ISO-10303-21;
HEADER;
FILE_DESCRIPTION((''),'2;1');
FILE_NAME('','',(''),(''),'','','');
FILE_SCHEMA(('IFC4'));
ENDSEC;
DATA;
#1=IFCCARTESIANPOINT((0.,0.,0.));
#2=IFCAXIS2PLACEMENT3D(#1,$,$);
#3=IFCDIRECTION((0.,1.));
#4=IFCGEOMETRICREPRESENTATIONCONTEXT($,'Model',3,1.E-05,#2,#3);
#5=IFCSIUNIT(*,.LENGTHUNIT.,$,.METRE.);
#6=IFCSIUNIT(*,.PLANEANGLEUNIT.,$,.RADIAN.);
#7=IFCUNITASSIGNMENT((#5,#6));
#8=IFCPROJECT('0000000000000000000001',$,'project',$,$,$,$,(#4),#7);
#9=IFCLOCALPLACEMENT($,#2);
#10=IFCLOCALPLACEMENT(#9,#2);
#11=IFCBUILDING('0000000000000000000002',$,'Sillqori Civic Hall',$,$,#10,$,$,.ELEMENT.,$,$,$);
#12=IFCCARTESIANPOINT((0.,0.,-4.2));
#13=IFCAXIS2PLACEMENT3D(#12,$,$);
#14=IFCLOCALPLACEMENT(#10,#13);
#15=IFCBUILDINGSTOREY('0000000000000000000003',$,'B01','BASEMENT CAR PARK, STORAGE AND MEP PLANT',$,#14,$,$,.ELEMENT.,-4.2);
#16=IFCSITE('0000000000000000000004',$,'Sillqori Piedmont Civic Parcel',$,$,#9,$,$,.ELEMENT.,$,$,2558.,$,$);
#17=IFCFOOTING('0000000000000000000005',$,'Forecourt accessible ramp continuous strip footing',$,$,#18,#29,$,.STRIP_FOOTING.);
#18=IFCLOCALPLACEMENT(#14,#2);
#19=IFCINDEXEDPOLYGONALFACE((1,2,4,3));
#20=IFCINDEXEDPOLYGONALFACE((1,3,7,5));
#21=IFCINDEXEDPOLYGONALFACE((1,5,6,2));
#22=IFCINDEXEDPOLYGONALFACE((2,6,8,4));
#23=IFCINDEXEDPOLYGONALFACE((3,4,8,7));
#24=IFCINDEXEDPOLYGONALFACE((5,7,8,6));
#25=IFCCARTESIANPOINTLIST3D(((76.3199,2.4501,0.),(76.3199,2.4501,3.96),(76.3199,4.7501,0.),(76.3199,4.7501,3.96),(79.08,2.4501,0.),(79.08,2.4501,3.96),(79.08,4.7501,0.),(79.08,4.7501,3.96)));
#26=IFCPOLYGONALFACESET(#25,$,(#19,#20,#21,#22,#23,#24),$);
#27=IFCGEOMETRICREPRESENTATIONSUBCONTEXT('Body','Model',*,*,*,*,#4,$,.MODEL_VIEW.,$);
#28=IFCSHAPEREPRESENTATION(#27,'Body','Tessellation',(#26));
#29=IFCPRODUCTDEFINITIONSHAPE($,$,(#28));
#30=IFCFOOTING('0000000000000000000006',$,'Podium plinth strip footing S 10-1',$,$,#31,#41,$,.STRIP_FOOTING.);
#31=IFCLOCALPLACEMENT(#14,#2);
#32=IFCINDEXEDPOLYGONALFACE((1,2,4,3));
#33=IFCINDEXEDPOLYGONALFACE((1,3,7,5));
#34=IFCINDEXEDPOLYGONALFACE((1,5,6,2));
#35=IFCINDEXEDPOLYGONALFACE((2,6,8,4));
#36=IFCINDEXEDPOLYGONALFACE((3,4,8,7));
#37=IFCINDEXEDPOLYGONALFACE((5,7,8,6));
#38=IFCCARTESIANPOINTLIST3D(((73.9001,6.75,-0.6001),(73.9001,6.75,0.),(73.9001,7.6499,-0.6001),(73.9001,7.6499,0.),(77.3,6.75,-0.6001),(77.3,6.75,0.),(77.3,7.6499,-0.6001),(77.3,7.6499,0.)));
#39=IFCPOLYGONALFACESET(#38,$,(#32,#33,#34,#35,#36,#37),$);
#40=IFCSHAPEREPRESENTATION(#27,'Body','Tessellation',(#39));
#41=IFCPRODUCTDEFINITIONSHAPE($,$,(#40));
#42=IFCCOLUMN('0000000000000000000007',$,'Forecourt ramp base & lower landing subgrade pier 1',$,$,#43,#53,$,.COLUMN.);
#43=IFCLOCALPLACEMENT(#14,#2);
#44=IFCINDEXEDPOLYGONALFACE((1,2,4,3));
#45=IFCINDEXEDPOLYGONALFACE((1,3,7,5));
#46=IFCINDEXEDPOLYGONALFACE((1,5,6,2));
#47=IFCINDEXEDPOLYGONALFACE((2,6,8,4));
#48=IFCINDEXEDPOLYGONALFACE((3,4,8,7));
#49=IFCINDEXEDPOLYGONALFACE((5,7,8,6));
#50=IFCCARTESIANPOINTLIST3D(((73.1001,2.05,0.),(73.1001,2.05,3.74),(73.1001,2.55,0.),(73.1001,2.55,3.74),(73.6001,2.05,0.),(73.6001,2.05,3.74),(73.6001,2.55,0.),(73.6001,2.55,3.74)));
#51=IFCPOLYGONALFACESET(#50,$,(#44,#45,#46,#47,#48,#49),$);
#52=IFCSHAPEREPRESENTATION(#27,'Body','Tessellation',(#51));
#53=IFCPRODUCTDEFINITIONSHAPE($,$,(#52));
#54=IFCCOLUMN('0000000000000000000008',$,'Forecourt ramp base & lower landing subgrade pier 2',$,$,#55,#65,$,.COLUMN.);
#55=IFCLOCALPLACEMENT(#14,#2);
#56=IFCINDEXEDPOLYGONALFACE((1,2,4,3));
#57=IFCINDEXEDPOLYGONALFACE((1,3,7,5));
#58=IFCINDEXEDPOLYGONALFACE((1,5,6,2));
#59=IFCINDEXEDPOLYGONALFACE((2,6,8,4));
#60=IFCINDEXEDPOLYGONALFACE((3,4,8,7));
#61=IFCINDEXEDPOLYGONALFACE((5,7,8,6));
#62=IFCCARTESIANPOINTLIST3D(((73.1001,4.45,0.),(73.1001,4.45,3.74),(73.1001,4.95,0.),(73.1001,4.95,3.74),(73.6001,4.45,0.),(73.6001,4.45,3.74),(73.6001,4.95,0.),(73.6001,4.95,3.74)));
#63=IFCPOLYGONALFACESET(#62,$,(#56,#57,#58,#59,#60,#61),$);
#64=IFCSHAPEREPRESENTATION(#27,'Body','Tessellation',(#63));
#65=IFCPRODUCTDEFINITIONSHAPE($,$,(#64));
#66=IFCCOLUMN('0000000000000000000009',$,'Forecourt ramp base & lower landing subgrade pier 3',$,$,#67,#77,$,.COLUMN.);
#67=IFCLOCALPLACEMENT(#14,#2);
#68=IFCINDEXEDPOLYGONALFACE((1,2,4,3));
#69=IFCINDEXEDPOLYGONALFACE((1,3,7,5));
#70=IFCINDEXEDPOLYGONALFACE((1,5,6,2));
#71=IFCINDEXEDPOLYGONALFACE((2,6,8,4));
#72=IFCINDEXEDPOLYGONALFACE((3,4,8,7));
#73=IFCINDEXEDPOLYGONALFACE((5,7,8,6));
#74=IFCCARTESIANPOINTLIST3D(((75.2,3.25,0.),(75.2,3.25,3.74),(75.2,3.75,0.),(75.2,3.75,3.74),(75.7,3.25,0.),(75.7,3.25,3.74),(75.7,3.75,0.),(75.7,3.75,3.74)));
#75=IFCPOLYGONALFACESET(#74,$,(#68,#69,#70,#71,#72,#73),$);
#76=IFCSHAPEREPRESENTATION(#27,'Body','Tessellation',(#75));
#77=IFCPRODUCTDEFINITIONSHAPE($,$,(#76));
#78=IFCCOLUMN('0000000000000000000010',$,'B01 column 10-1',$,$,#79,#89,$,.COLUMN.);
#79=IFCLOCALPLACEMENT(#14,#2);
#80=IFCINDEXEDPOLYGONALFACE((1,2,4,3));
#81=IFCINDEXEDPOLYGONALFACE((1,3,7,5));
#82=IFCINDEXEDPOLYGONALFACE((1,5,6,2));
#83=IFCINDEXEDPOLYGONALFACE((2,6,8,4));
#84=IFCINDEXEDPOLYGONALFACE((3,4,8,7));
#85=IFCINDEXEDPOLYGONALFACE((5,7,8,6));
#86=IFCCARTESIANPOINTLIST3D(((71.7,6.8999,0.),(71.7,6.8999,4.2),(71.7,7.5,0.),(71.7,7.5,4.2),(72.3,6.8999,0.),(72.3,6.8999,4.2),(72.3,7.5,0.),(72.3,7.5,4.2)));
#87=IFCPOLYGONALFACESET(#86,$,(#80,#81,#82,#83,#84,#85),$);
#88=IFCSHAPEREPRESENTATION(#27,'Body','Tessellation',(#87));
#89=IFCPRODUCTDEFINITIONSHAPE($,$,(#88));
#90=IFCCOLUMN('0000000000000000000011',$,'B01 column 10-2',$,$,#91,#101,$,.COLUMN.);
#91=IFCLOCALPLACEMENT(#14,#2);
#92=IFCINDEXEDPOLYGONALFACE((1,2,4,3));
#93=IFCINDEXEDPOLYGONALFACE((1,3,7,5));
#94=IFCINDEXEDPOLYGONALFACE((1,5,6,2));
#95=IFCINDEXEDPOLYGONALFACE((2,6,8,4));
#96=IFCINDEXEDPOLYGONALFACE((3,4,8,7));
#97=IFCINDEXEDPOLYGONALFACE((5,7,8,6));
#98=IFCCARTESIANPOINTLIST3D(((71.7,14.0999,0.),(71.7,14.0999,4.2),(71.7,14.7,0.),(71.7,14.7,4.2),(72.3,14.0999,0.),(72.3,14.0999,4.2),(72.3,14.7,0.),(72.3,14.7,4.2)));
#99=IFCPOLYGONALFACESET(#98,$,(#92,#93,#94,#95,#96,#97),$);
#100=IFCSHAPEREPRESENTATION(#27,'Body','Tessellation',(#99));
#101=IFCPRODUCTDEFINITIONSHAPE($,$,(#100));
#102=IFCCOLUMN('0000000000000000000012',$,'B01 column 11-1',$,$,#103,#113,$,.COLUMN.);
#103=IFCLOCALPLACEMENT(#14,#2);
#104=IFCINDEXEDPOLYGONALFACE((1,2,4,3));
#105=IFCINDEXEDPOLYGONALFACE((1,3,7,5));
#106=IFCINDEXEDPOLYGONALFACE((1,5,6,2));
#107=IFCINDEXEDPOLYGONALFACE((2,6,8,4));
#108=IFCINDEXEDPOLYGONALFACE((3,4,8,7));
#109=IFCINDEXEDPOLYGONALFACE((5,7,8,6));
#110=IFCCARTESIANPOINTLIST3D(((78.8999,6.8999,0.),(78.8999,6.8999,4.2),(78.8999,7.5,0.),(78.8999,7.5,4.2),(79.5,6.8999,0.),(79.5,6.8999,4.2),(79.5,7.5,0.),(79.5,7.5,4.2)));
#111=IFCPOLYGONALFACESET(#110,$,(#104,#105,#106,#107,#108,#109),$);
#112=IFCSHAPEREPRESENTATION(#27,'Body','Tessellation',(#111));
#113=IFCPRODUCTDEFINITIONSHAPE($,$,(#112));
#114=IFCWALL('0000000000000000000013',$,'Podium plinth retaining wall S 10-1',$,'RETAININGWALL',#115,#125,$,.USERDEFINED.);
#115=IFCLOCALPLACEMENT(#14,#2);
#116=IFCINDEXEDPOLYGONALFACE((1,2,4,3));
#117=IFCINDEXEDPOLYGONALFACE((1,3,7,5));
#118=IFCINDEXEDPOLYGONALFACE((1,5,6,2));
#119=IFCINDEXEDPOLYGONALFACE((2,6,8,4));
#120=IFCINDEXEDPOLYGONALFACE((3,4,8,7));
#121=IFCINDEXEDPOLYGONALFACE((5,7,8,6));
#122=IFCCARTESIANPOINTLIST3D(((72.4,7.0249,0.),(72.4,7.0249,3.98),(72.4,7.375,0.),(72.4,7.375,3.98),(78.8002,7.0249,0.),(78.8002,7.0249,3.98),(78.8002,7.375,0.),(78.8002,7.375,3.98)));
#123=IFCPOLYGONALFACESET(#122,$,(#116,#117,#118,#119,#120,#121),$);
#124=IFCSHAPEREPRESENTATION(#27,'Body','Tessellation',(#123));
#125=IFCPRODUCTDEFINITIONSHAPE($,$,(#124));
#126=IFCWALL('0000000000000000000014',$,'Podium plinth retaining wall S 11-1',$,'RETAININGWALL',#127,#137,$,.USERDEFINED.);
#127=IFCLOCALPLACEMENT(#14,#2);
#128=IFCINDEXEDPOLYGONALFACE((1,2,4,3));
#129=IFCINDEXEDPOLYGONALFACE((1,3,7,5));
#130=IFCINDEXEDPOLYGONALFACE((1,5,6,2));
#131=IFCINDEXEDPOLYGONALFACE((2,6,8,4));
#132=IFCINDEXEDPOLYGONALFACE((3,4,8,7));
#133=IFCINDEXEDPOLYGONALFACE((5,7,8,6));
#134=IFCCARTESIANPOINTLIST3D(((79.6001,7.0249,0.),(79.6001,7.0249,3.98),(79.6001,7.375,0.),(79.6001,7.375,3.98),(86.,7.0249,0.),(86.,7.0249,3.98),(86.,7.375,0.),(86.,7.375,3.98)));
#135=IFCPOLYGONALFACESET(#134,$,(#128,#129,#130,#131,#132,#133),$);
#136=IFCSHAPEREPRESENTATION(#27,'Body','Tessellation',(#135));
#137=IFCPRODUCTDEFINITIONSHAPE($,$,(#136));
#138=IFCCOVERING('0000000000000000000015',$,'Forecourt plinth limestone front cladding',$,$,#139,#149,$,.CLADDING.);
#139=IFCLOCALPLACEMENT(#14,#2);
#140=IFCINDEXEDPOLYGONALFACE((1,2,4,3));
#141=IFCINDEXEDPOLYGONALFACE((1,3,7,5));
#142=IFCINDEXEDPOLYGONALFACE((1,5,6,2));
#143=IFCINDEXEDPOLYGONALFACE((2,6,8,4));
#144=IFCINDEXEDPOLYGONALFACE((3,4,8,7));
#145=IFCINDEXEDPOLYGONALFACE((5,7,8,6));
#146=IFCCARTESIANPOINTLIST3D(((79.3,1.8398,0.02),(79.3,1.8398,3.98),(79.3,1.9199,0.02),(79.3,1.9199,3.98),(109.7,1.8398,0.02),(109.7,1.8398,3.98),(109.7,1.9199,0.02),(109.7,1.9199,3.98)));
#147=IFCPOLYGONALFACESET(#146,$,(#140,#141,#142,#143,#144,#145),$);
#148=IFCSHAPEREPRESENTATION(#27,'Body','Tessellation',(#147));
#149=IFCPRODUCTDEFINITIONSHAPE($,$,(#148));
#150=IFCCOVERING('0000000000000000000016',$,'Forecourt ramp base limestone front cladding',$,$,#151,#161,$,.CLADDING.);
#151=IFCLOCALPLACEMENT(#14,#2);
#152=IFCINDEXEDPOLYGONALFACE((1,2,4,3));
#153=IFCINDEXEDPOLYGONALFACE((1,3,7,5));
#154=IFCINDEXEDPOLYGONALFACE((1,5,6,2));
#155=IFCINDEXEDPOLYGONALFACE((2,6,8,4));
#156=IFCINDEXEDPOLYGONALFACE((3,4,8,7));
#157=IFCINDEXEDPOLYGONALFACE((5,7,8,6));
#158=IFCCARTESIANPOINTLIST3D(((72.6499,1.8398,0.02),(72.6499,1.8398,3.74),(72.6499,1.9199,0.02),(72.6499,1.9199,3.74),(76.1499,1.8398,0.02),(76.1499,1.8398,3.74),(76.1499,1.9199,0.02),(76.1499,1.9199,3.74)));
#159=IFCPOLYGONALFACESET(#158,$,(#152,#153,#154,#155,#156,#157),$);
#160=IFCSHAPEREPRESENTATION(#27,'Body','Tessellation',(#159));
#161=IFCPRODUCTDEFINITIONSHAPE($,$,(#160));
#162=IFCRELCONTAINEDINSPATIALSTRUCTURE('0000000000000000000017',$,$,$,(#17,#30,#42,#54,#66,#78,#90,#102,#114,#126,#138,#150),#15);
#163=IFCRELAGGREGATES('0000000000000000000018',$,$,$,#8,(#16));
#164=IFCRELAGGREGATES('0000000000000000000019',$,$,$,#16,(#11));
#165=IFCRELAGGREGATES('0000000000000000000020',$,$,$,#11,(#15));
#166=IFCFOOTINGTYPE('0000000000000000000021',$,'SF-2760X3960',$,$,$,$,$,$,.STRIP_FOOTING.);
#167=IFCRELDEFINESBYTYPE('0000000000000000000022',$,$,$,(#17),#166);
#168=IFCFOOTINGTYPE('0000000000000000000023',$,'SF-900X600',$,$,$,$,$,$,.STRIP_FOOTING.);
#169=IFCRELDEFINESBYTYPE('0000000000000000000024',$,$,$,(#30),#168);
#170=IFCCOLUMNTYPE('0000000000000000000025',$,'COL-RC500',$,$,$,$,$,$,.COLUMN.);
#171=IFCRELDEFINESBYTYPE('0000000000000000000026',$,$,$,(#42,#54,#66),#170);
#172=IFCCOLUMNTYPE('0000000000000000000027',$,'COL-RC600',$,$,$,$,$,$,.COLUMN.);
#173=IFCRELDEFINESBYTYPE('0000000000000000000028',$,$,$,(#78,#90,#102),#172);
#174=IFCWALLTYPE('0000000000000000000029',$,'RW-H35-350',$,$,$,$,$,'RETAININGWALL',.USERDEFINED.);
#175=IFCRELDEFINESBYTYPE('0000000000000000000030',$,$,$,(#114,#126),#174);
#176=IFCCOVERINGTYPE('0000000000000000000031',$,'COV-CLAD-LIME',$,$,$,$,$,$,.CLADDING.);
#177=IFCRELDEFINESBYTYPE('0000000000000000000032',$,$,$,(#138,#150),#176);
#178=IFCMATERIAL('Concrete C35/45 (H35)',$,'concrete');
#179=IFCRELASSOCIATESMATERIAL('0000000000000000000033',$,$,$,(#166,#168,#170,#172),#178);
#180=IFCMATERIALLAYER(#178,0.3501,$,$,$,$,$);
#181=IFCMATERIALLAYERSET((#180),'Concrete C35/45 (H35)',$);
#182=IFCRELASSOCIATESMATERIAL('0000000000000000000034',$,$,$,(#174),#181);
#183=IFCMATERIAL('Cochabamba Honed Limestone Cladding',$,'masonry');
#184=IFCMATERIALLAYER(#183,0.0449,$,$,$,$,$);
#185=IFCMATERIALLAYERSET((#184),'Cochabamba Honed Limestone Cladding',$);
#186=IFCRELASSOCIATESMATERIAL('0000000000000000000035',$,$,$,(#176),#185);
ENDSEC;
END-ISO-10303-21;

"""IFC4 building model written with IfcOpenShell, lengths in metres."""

from ifc_helpers import new_model, si_unit, direction, frame, frame_2d, origin, origin_2d, place, context, subcontext, project, spatial, rectangle, extrude, material, layer, layer_set, material_profile, profile_set, type_object, element, save


model = new_model("IFC4")

# Units and contexts
model_context = context("Model", 3, precision=1e-05, world=origin(), true_north=direction((0.0, 1.0)))
body_context = subcontext(model_context, "Body", "Model", "MODEL_VIEW")
ifc_project = project(units=[si_unit("LENGTHUNIT", "METRE"), si_unit("PLANEANGLEUNIT", "RADIAN")], contexts=[model_context])

# Site, building, storey
site_placement = place(None, origin())
site = spatial("IfcSite", under=ifc_project, at=site_placement, Name="Sillqori Piedmont Civic Parcel", CompositionType="ELEMENT", RefElevation=2558.0)
building_placement = place(site_placement, origin())
building = spatial("IfcBuilding", under=site, at=building_placement, Name="Sillqori Civic Hall", CompositionType="ELEMENT")
storey_placement = place(building_placement, frame((0.0, 0.0, -4.2)))
storey = spatial("IfcBuildingStorey", under=building, at=storey_placement, Name="B01", Description="BASEMENT CAR PARK, STORAGE AND MEP PLANT", CompositionType="ELEMENT", Elevation=-4.2)

# Shared definitions
ifc_material_1 = material(Name="Concrete C35/45 (H35)", Category="concrete")

# Footings
footing_type_1 = type_object("IfcFootingType", Name="SF-2760X3960", PredefinedType="STRIP_FOOTING", material=ifc_material_1)
footing_1_placement = place(storey_placement, frame((77.7, 3.6001, 0.0), z_axis=(0.0, 0.0, 1.0), x_axis=(1.0, 0.0, 0.0)))
element("IfcFooting", 1, at=footing_1_placement, inside=storey, type_object=footing_type_1, Name="Forecourt accessible ramp continuous strip footing", PredefinedType="STRIP_FOOTING", context=body_context, shape_type="SweptSolid", body=[
    extrude(rectangle(XDim=2.76, YDim=2.3, at=origin_2d()), origin(), (0.0, 0.0, 1.0), 3.96),
])
footing_type_2 = type_object("IfcFootingType", Name="SF-900X600", PredefinedType="STRIP_FOOTING", material=ifc_material_1)
footing_2_placement = place(storey_placement, frame((75.6001, 7.2, -0.6001), z_axis=(0.0, 0.0, 1.0), x_axis=(1.0, 0.0, 0.0)))
element("IfcFooting", 2, at=footing_2_placement, inside=storey, type_object=footing_type_2, Name="Podium plinth strip footing S 10-1", PredefinedType="STRIP_FOOTING", context=body_context, shape_type="SweptSolid", body=[
    extrude(rectangle(XDim=3.3999, YDim=0.8999, at=origin_2d()), origin(), (0.0, 0.0, 1.0), 0.6001),
])

# Columns
ifc_material_profile_1 = material_profile(ifc_material_1, rectangle(XDim=0.5, YDim=0.5, at=origin_2d()), Name="RC 500x500")
ifc_profile_set_1 = profile_set([ifc_material_profile_1], Name="Concrete C35/45 (H35)")
column_type_1 = type_object("IfcColumnType", Name="COL-RC500", PredefinedType="COLUMN", material=ifc_profile_set_1)
for number, where, z_axis, x_axis, name in (
    (3, (73.3501, 2.3, 0.0), (0.0, 0.0, 1.0), (1.0, 0.0, 0.0), "Forecourt ramp base & lower landing subgrade pier 1"),
    (4, (73.3501, 4.7, 0.0), (0.0, 0.0, 1.0), (1.0, 0.0, 0.0), "Forecourt ramp base & lower landing subgrade pier 2"),
    (5, (75.45, 3.5, 0.0), (0.0, 0.0, 1.0), (1.0, 0.0, 0.0), "Forecourt ramp base & lower landing subgrade pier 3"),
):
    element("IfcColumn", number, at=place(storey_placement, frame(where, z_axis=z_axis, x_axis=x_axis)), inside=storey, type_object=column_type_1, Name=name, PredefinedType="COLUMN", context=body_context, shape_type="SweptSolid", body=[
        extrude(rectangle(XDim=0.5, YDim=0.5, at=origin_2d()), origin(), (0.0, 0.0, 1.0), 3.74),
    ])
ifc_material_profile_2 = material_profile(ifc_material_1, rectangle(XDim=0.6001, YDim=0.6001, at=origin_2d()), Name="RC 600x600")
ifc_profile_set_2 = profile_set([ifc_material_profile_2], Name="Concrete C35/45 (H35)")
column_type_2 = type_object("IfcColumnType", Name="COL-RC600", PredefinedType="COLUMN", material=ifc_profile_set_2)
for number, where, z_axis, x_axis, name in (
    (6, (72.0, 7.2, 0.0), (0.0, 0.0, 1.0), (1.0, 0.0, 0.0), "B01 column 10-1"),
    (7, (72.0, 14.3999, 0.0), (0.0, 0.0, 1.0), (1.0, 0.0, 0.0), "B01 column 10-2"),
    (8, (79.2, 7.2, 0.0), (0.0, 0.0, 1.0), (1.0, 0.0, 0.0), "B01 column 11-1"),
):
    element("IfcColumn", number, at=place(storey_placement, frame(where, z_axis=z_axis, x_axis=x_axis)), inside=storey, type_object=column_type_2, Name=name, PredefinedType="COLUMN", context=body_context, shape_type="SweptSolid", body=[
        extrude(rectangle(XDim=0.6001, YDim=0.6001, at=origin_2d()), origin(), (0.0, 0.0, 1.0), 4.2),
    ])

# Walls
ifc_layer_1 = layer(ifc_material_1, 0.3501)
ifc_layer_set_1 = layer_set([ifc_layer_1], Name="Concrete C35/45 (H35)")
wall_type = type_object("IfcWallType", Name="RW-H35-350", ElementType="RETAININGWALL", PredefinedType="USERDEFINED", material=ifc_layer_set_1)
wall_1_placement = place(storey_placement, frame((72.3999, 7.2, 0.0), z_axis=(0.0, 0.0, 1.0), x_axis=(1.0, 0.0, 0.0)))
element("IfcWall", 9, at=wall_1_placement, inside=storey, type_object=wall_type, Name="Podium plinth retaining wall S 10-1", ObjectType="RETAININGWALL", PredefinedType="USERDEFINED", context=body_context, shape_type="SweptSolid", body=[
    extrude(rectangle(XDim=6.4001, YDim=0.3501, at=frame_2d((3.2002, 0.0))), origin(), (0.0, 0.0, 1.0), 3.98),
])
wall_2_placement = place(storey_placement, frame((79.6001, 7.2, 0.0), z_axis=(0.0, 0.0, 1.0), x_axis=(1.0, 0.0, 0.0)))
element("IfcWall", 10, at=wall_2_placement, inside=storey, type_object=wall_type, Name="Podium plinth retaining wall S 11-1", ObjectType="RETAININGWALL", PredefinedType="USERDEFINED", context=body_context, shape_type="SweptSolid", body=[
    extrude(rectangle(XDim=6.3999, YDim=0.3501, at=frame_2d((3.2, 0.0))), origin(), (0.0, 0.0, 1.0), 3.98),
])

# Coverings
ifc_material_2 = material(Name="Cochabamba Honed Limestone Cladding", Category="masonry")
ifc_layer_2 = layer(ifc_material_2, 0.0449)
ifc_layer_set_2 = layer_set([ifc_layer_2], Name="Cochabamba Honed Limestone Cladding")
covering_type = type_object("IfcCoveringType", Name="COV-CLAD-LIME", PredefinedType="CLADDING", material=ifc_layer_set_2)
covering_1_placement = place(storey_placement, frame((79.3, 1.8799, 0.02), z_axis=(0.0, 0.0, 1.0), x_axis=(1.0, 0.0, 0.0)))
element("IfcCovering", 11, at=covering_1_placement, inside=storey, type_object=covering_type, Name="Forecourt plinth limestone front cladding", PredefinedType="CLADDING", context=body_context, shape_type="SweptSolid", body=[
    extrude(rectangle(XDim=30.3999, YDim=0.0801, at=frame_2d((15.2, 0.0))), origin(), (0.0, 0.0, 1.0), 3.96),
])
covering_2_placement = place(storey_placement, frame((72.6499, 1.8799, 0.02), z_axis=(0.0, 0.0, 1.0), x_axis=(1.0, 0.0, 0.0)))
element("IfcCovering", 12, at=covering_2_placement, inside=storey, type_object=covering_type, Name="Forecourt ramp base limestone front cladding", PredefinedType="CLADDING", context=body_context, shape_type="SweptSolid", body=[
    extrude(rectangle(XDim=3.5, YDim=0.0801, at=frame_2d((1.75, 0.0))), origin(), (0.0, 0.0, 1.0), 3.72),
])

save(model, "model.ifc")
